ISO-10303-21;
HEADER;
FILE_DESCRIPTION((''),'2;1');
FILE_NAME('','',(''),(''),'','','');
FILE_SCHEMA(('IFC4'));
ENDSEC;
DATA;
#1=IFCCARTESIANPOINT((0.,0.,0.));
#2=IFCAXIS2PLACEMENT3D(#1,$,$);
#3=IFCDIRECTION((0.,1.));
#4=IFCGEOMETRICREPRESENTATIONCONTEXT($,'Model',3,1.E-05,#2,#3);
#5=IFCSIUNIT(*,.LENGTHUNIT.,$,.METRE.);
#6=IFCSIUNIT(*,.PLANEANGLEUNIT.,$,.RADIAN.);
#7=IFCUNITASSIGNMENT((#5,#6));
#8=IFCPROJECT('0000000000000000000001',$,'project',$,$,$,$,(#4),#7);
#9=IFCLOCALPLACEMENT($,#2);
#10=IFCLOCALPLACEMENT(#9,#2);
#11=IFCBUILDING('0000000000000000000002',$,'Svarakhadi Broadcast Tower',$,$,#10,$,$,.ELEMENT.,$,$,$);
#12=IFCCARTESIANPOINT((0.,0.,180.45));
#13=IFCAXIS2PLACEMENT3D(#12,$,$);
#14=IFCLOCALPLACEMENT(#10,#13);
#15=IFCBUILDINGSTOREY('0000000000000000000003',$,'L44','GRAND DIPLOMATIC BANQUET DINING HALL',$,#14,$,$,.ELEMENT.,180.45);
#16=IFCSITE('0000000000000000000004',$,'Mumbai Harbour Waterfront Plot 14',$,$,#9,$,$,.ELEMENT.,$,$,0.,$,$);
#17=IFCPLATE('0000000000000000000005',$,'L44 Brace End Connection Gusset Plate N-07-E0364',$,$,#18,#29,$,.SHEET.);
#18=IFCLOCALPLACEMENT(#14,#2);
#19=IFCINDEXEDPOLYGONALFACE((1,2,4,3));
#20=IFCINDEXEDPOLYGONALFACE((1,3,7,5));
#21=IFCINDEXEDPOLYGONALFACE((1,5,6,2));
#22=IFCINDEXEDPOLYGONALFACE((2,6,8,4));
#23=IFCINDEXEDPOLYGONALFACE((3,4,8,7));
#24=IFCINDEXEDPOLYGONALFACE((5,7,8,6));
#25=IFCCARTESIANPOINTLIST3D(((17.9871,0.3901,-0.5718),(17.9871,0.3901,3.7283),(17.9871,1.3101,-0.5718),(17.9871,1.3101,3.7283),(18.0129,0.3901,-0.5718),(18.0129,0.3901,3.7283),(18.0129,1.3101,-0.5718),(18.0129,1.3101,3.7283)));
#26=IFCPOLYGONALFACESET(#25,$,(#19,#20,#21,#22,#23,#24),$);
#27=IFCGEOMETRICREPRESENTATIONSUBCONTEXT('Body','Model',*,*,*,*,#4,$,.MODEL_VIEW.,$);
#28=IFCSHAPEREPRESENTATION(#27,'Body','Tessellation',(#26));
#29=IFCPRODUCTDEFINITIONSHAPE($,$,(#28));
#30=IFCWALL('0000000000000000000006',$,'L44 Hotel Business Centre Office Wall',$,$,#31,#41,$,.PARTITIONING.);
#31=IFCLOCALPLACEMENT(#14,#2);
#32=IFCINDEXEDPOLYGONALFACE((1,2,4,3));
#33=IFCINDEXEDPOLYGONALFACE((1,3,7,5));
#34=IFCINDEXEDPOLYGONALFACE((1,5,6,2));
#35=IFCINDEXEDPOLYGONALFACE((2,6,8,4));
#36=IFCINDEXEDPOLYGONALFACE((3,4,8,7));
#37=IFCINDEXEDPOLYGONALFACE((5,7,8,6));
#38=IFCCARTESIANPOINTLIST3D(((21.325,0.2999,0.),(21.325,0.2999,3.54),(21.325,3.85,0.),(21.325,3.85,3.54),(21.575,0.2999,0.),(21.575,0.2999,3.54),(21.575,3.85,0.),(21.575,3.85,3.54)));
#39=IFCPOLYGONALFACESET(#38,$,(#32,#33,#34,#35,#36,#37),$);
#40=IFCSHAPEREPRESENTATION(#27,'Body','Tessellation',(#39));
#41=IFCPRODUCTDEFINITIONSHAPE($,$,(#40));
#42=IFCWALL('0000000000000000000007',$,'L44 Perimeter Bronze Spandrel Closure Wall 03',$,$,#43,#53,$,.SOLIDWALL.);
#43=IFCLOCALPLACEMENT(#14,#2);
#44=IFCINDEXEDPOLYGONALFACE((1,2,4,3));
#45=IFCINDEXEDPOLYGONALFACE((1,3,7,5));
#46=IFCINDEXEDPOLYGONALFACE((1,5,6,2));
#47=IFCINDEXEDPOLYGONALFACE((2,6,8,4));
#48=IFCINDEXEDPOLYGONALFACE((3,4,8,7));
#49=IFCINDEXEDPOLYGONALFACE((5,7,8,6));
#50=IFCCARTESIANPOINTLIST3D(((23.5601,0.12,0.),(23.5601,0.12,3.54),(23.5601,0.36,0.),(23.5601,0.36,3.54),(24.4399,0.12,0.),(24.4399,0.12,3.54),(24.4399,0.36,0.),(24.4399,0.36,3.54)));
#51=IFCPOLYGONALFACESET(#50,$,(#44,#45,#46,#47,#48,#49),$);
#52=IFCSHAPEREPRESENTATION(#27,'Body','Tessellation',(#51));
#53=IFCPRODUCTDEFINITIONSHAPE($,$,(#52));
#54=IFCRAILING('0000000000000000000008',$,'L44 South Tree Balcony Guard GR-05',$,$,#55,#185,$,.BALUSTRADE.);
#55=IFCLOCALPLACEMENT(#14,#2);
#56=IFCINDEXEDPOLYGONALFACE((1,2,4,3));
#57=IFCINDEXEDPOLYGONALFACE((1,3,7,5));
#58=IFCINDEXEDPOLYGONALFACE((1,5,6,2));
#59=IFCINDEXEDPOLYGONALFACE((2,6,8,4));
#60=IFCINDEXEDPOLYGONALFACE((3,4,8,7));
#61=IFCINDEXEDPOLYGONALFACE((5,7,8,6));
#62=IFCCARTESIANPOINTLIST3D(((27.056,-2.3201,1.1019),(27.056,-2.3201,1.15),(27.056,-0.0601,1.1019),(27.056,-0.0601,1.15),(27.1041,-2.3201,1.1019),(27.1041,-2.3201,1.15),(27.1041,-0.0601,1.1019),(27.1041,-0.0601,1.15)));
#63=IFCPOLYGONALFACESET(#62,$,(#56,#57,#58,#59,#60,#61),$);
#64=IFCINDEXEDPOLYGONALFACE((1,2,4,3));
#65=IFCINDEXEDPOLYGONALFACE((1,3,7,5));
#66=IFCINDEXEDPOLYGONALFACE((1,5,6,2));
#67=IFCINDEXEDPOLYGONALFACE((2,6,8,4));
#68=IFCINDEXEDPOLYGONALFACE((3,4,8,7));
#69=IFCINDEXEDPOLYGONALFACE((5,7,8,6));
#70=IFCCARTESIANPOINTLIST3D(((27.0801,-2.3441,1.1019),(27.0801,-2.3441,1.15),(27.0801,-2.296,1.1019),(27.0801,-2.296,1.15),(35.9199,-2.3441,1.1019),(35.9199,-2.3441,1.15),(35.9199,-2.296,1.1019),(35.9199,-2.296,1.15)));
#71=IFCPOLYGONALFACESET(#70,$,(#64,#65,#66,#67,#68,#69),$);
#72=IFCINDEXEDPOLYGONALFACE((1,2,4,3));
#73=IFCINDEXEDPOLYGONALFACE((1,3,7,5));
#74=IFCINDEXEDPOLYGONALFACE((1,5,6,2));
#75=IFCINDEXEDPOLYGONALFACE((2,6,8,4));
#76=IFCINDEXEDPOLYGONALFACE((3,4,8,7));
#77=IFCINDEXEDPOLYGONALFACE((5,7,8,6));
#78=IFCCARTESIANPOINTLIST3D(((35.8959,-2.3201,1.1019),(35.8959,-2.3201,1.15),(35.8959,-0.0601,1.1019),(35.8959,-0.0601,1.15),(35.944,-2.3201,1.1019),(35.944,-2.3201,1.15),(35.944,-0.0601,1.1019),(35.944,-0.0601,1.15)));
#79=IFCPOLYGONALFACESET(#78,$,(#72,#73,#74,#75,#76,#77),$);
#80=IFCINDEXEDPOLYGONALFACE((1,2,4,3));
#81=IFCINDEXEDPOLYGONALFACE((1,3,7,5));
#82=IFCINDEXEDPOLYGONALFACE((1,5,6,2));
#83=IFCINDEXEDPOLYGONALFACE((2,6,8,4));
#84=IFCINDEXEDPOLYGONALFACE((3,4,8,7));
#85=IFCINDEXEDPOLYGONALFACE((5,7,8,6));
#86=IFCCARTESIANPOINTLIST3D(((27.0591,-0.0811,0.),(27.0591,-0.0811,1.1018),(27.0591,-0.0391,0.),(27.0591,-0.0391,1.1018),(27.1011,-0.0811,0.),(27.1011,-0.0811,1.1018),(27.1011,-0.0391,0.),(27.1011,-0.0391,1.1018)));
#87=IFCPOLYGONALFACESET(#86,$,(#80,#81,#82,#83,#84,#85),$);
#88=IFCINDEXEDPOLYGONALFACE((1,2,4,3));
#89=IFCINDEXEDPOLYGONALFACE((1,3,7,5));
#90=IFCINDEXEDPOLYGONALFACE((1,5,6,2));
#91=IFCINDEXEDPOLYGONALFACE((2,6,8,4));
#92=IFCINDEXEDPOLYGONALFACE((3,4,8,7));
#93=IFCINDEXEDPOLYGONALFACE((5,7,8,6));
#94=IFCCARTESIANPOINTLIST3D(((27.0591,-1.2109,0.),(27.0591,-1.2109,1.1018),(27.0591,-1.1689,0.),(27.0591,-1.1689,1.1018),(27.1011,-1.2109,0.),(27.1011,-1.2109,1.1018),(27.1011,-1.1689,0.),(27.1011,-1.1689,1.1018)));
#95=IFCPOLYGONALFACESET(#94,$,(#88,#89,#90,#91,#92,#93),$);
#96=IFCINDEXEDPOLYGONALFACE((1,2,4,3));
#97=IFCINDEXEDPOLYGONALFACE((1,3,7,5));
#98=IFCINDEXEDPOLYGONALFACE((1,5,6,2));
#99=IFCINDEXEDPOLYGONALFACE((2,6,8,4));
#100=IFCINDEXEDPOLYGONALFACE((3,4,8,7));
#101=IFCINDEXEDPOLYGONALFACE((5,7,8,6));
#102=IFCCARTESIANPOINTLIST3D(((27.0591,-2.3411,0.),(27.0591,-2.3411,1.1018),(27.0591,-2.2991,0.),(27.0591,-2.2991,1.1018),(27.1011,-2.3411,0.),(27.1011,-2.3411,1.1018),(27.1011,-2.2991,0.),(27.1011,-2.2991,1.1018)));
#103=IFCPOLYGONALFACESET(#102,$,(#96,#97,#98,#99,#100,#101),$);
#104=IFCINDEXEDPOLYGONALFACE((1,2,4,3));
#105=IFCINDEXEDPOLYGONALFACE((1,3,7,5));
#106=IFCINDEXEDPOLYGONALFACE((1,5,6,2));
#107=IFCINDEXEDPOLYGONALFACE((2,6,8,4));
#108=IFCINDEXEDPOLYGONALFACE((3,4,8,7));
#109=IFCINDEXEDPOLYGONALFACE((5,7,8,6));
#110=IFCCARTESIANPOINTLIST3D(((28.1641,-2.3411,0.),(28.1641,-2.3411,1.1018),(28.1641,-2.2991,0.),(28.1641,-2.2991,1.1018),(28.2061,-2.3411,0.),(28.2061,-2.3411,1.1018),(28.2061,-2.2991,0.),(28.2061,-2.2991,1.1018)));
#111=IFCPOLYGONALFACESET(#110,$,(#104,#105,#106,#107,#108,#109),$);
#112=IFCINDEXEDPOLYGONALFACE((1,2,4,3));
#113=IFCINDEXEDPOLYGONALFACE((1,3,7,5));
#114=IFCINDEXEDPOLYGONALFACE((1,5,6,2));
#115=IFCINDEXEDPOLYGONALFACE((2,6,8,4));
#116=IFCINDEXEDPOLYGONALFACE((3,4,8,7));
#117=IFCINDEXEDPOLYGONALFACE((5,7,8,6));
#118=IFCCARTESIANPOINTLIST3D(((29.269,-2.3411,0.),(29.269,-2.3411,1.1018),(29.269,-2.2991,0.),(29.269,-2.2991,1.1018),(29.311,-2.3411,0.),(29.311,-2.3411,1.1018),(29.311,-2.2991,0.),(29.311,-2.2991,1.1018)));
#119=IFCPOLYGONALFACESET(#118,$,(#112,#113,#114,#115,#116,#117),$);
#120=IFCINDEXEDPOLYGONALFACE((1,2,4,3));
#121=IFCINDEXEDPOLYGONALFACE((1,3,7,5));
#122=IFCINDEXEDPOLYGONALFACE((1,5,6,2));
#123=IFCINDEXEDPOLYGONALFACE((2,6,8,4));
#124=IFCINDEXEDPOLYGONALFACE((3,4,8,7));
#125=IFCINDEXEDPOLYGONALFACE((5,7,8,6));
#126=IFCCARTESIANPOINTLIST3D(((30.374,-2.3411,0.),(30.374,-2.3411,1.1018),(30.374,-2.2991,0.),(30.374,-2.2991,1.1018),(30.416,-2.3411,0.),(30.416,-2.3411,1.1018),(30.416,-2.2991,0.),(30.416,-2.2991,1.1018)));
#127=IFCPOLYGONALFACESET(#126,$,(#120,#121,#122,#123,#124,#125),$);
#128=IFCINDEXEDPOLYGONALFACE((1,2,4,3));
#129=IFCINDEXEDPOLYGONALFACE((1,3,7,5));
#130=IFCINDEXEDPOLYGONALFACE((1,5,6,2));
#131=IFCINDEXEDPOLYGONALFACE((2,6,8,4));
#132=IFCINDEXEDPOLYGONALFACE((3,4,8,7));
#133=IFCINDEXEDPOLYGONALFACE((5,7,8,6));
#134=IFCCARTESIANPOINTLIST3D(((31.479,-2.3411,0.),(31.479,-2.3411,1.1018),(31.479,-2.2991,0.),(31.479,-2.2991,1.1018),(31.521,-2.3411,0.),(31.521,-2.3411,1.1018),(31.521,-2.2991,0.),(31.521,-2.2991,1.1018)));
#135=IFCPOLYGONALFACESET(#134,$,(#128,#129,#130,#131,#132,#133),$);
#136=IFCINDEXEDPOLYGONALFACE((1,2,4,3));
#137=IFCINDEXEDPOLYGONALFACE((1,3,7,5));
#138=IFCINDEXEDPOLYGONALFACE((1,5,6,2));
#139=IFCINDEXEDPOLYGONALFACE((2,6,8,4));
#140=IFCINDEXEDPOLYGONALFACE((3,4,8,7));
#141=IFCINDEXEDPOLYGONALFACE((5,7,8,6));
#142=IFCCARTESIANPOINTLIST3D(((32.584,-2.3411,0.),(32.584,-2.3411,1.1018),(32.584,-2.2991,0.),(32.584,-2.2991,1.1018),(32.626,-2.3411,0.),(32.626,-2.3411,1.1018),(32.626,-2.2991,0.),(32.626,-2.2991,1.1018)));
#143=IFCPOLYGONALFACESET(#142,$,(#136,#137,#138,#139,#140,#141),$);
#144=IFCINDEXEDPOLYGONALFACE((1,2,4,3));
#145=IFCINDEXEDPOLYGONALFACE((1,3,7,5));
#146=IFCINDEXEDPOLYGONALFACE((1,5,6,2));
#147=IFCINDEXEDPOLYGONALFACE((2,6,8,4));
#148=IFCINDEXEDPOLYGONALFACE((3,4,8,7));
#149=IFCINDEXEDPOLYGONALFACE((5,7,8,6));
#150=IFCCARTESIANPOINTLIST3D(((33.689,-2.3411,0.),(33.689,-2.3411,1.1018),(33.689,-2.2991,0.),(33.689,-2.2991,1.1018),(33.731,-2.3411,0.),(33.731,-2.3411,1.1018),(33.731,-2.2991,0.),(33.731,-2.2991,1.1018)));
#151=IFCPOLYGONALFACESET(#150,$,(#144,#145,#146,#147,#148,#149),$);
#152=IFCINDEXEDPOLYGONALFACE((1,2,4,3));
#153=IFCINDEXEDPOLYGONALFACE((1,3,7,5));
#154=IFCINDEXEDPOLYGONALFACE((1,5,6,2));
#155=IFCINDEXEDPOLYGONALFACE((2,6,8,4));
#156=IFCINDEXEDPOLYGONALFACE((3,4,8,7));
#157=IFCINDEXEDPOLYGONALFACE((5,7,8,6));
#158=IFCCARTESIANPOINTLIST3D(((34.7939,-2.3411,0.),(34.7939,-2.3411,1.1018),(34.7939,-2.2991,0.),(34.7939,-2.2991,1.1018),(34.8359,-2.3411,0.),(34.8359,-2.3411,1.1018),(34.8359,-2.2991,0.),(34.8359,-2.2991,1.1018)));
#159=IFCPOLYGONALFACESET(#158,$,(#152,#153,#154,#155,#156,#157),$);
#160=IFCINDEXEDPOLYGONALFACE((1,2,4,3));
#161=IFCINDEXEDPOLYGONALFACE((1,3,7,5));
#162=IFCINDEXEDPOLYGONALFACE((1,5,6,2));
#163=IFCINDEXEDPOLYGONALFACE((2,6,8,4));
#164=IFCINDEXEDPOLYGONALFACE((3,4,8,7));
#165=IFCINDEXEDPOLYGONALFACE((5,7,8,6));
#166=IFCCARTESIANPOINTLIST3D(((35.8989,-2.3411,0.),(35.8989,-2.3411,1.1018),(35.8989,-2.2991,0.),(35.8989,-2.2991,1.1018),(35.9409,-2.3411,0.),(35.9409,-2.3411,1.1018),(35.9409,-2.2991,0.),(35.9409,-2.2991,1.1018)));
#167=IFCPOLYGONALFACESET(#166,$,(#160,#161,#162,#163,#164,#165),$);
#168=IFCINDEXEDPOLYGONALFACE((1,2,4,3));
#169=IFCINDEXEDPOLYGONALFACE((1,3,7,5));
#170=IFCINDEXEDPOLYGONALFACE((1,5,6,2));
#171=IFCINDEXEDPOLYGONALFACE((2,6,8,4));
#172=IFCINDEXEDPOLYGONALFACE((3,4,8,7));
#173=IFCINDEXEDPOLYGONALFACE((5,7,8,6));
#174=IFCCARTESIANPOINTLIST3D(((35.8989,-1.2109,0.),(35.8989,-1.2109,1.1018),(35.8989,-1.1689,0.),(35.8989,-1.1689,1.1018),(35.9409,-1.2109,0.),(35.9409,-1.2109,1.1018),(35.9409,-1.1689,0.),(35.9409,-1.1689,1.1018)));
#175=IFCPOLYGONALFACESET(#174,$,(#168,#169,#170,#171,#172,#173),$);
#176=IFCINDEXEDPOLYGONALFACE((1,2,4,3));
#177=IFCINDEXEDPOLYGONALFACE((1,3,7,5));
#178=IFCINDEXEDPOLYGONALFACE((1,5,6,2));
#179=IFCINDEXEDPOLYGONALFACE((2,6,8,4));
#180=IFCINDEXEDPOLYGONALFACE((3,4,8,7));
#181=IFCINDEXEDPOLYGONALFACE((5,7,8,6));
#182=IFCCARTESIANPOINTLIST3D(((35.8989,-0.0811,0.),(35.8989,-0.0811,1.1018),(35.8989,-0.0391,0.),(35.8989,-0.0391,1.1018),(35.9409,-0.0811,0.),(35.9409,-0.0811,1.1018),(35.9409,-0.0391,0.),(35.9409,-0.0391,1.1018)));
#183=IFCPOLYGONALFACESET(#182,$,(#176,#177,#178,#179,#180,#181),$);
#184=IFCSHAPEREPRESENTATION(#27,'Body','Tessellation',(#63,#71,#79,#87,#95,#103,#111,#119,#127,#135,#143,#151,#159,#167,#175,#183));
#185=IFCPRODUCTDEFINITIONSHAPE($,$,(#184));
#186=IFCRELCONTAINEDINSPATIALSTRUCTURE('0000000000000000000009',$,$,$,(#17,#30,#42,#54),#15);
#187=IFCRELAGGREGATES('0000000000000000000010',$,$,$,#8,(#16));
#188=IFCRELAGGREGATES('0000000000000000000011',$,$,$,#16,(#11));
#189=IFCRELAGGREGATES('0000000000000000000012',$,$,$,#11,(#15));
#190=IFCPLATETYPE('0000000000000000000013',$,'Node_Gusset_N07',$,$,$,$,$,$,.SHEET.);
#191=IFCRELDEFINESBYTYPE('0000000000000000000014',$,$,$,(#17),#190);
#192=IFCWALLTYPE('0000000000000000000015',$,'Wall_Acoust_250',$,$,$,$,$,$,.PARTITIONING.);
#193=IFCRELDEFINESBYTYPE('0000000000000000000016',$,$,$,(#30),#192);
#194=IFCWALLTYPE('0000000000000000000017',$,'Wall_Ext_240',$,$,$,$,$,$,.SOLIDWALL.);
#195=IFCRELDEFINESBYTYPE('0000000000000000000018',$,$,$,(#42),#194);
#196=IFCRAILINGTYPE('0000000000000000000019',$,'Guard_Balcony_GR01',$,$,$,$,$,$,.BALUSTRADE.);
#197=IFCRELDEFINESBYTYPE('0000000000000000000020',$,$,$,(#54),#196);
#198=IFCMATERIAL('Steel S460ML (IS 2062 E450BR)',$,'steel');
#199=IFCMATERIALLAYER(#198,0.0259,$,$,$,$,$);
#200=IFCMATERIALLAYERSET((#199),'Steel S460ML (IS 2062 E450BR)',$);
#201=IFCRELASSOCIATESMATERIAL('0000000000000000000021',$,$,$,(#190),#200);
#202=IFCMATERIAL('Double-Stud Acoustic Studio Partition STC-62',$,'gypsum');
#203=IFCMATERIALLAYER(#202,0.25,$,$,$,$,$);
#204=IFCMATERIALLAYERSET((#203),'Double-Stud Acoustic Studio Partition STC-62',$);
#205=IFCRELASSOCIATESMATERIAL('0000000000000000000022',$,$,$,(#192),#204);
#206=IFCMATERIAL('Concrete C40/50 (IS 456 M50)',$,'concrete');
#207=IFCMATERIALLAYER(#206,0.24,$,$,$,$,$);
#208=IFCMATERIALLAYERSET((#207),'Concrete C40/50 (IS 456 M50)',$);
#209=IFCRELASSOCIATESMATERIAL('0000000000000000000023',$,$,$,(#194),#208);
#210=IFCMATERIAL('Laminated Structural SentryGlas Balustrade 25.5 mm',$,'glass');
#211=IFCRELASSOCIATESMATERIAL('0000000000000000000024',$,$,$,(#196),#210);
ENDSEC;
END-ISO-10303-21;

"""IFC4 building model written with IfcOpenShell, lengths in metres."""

from ifc_helpers import new_model, si_unit, direction, frame, frame_2d, origin, origin_2d, place, context, subcontext, project, spatial, rectangle, extrude, material, layer, layer_set, type_object, element, save


model = new_model("IFC4")

# Units and contexts
model_context = context("Model", 3, precision=1e-05, world=origin(), true_north=direction((0.0, 1.0)))
body_context = subcontext(model_context, "Body", "Model", "MODEL_VIEW")
ifc_project = project(units=[si_unit("LENGTHUNIT", "METRE"), si_unit("PLANEANGLEUNIT", "RADIAN")], contexts=[model_context])

# Site, building, storey
site_placement = place(None, origin())
site = spatial("IfcSite", under=ifc_project, at=site_placement, Name="Mumbai Harbour Waterfront Plot 14", CompositionType="ELEMENT", RefElevation=0.0)
building_placement = place(site_placement, origin())
building = spatial("IfcBuilding", under=site, at=building_placement, Name="Svarakhadi Broadcast Tower", CompositionType="ELEMENT")
storey_placement = place(building_placement, frame((0.0, 0.0, 180.45)))
storey = spatial("IfcBuildingStorey", under=building, at=storey_placement, Name="L44", Description="GRAND DIPLOMATIC BANQUET DINING HALL", CompositionType="ELEMENT", Elevation=180.45)

# Shared definitions
ifc_material_1 = material(Name="Steel S460ML (IS 2062 E450BR)", Category="steel")

# Plate
ifc_layer_1 = layer(ifc_material_1, 0.0259)
ifc_layer_set_1 = layer_set([ifc_layer_1], Name="Steel S460ML (IS 2062 E450BR)")
plate_type_1 = type_object("IfcPlateType", Name="Node_Gusset_N07", PredefinedType="SHEET", material=ifc_layer_set_1)
plate_1_placement = place(storey_placement, frame((18.0, 0.8501, -0.5718), z_axis=(0.0, 0.0, 1.0), x_axis=(0.0, 1.0, 0.0)))
element("IfcPlate", 1, at=plate_1_placement, inside=storey, type_object=plate_type_1, Name="L44 Brace End Connection Gusset Plate N-07-E0364", PredefinedType="SHEET", context=body_context, shape_type="SweptSolid", body=[
    extrude(rectangle(XDim=0.9199, YDim=0.0259, at=origin_2d()), origin(), (0.0, 0.0, 1.0), 4.3),
])

# Walls
ifc_material_2 = material(Name="Double-Stud Acoustic Studio Partition STC-62", Category="gypsum")
ifc_layer_2 = layer(ifc_material_2, 0.25)
ifc_layer_set_2 = layer_set([ifc_layer_2], Name="Double-Stud Acoustic Studio Partition STC-62")
wall_type_1 = type_object("IfcWallType", Name="Wall_Acoust_250", PredefinedType="PARTITIONING", material=ifc_layer_set_2)
wall_1_placement = place(storey_placement, frame((21.45, 0.3, 0.0), z_axis=(0.0, 0.0, 1.0), x_axis=(0.0, 1.0, 0.0)))
element("IfcWall", 2, at=wall_1_placement, inside=storey, type_object=wall_type_1, Name="L44 Hotel Business Centre Office Wall", PredefinedType="PARTITIONING", context=body_context, shape_type="SweptSolid", body=[
    extrude(rectangle(XDim=3.55, YDim=0.25, at=frame_2d((1.7749, 0.0))), origin(), (0.0, 0.0, 1.0), 3.54),
])
ifc_material_3 = material(Name="Concrete C40/50 (IS 456 M50)", Category="concrete")
ifc_layer_3 = layer(ifc_material_3, 0.24)
ifc_layer_set_3 = layer_set([ifc_layer_3], Name="Concrete C40/50 (IS 456 M50)")
wall_type_2 = type_object("IfcWallType", Name="Wall_Ext_240", PredefinedType="SOLIDWALL", material=ifc_layer_set_3)
wall_2_placement = place(storey_placement, frame((24.4399, 0.24, 0.0), z_axis=(0.0, 0.0, 1.0), x_axis=(-1.0, 0.0, 0.0)))
element("IfcWall", 3, at=wall_2_placement, inside=storey, type_object=wall_type_2, Name="L44 Perimeter Bronze Spandrel Closure Wall 03", PredefinedType="SOLIDWALL", context=body_context, shape_type="SweptSolid", body=[
    extrude(rectangle(XDim=0.8799, YDim=0.24, at=frame_2d((0.4399, 0.0))), origin(), (0.0, 0.0, 1.0), 3.54),
])

# Railing
ifc_material_4 = material(Name="Laminated Structural SentryGlas Balustrade 25.5 mm", Category="glass")
railing_type = type_object("IfcRailingType", Name="Guard_Balcony_GR01", PredefinedType="BALUSTRADE", material=ifc_material_4)
railing_placement = place(storey_placement, frame((27.0801, -0.0601, 0.0)))
element("IfcRailing", 4, at=railing_placement, inside=storey, type_object=railing_type, Name="L44 South Tree Balcony Guard GR-05", PredefinedType="BALUSTRADE", context=body_context, shape_type="SweptSolid", body=[
    extrude(rectangle(XDim=0.0481, YDim=0.0481, at=origin_2d()), frame((0.0, 0.0, 1.126), z_axis=(0.0, -1.0, 0.0), x_axis=(1.0, 0.0, 0.0)), (0.0, 0.0, 1.0), 2.26),
    extrude(rectangle(XDim=0.0481, YDim=0.0481, at=origin_2d()), frame((0.0, -2.26, 1.126), z_axis=(1.0, 0.0, 0.0), x_axis=(0.0, 1.0, 0.0)), (0.0, 0.0, 1.0), 8.8398),
    extrude(rectangle(XDim=0.0481, YDim=0.0481, at=origin_2d()), frame((8.8398, -2.26, 1.126), z_axis=(0.0, 1.0, 0.0), x_axis=(-1.0, 0.0, 0.0)), (0.0, 0.0, 1.0), 2.26),
    extrude(rectangle(XDim=0.042, YDim=0.042, at=origin_2d()), origin(), (0.0, 0.0, 1.0), 1.1018),
    extrude(rectangle(XDim=0.042, YDim=0.042, at=origin_2d()), frame((0.0, -1.1299, 0.0)), (0.0, 0.0, 1.0), 1.1018),
    extrude(rectangle(XDim=0.042, YDim=0.042, at=origin_2d()), frame((0.0, -2.26, 0.0)), (0.0, 0.0, 1.0), 1.1018),
    extrude(rectangle(XDim=0.042, YDim=0.042, at=origin_2d()), frame((1.105, -2.26, 0.0)), (0.0, 0.0, 1.0), 1.1018),
    extrude(rectangle(XDim=0.042, YDim=0.042, at=origin_2d()), frame((2.21, -2.26, 0.0)), (0.0, 0.0, 1.0), 1.1018),
    extrude(rectangle(XDim=0.042, YDim=0.042, at=origin_2d()), frame((3.3149, -2.26, 0.0)), (0.0, 0.0, 1.0), 1.1018),
    extrude(rectangle(XDim=0.042, YDim=0.042, at=origin_2d()), frame((4.4199, -2.26, 0.0)), (0.0, 0.0, 1.0), 1.1018),
    extrude(rectangle(XDim=0.042, YDim=0.042, at=origin_2d()), frame((5.5249, -2.26, 0.0)), (0.0, 0.0, 1.0), 1.1018),
    extrude(rectangle(XDim=0.042, YDim=0.042, at=origin_2d()), frame((6.6299, -2.26, 0.0)), (0.0, 0.0, 1.0), 1.1018),
    extrude(rectangle(XDim=0.042, YDim=0.042, at=origin_2d()), frame((7.7349, -2.26, 0.0)), (0.0, 0.0, 1.0), 1.1018),
    extrude(rectangle(XDim=0.042, YDim=0.042, at=origin_2d()), frame((8.8398, -2.26, 0.0)), (0.0, 0.0, 1.0), 1.1018),
    extrude(rectangle(XDim=0.042, YDim=0.042, at=origin_2d()), frame((8.8398, -1.1299, 0.0)), (0.0, 0.0, 1.0), 1.1018),
    extrude(rectangle(XDim=0.042, YDim=0.042, at=origin_2d()), frame((8.8398, 0.0, 0.0)), (0.0, 0.0, 1.0), 1.1018),
])

save(model, "model.ifc")
